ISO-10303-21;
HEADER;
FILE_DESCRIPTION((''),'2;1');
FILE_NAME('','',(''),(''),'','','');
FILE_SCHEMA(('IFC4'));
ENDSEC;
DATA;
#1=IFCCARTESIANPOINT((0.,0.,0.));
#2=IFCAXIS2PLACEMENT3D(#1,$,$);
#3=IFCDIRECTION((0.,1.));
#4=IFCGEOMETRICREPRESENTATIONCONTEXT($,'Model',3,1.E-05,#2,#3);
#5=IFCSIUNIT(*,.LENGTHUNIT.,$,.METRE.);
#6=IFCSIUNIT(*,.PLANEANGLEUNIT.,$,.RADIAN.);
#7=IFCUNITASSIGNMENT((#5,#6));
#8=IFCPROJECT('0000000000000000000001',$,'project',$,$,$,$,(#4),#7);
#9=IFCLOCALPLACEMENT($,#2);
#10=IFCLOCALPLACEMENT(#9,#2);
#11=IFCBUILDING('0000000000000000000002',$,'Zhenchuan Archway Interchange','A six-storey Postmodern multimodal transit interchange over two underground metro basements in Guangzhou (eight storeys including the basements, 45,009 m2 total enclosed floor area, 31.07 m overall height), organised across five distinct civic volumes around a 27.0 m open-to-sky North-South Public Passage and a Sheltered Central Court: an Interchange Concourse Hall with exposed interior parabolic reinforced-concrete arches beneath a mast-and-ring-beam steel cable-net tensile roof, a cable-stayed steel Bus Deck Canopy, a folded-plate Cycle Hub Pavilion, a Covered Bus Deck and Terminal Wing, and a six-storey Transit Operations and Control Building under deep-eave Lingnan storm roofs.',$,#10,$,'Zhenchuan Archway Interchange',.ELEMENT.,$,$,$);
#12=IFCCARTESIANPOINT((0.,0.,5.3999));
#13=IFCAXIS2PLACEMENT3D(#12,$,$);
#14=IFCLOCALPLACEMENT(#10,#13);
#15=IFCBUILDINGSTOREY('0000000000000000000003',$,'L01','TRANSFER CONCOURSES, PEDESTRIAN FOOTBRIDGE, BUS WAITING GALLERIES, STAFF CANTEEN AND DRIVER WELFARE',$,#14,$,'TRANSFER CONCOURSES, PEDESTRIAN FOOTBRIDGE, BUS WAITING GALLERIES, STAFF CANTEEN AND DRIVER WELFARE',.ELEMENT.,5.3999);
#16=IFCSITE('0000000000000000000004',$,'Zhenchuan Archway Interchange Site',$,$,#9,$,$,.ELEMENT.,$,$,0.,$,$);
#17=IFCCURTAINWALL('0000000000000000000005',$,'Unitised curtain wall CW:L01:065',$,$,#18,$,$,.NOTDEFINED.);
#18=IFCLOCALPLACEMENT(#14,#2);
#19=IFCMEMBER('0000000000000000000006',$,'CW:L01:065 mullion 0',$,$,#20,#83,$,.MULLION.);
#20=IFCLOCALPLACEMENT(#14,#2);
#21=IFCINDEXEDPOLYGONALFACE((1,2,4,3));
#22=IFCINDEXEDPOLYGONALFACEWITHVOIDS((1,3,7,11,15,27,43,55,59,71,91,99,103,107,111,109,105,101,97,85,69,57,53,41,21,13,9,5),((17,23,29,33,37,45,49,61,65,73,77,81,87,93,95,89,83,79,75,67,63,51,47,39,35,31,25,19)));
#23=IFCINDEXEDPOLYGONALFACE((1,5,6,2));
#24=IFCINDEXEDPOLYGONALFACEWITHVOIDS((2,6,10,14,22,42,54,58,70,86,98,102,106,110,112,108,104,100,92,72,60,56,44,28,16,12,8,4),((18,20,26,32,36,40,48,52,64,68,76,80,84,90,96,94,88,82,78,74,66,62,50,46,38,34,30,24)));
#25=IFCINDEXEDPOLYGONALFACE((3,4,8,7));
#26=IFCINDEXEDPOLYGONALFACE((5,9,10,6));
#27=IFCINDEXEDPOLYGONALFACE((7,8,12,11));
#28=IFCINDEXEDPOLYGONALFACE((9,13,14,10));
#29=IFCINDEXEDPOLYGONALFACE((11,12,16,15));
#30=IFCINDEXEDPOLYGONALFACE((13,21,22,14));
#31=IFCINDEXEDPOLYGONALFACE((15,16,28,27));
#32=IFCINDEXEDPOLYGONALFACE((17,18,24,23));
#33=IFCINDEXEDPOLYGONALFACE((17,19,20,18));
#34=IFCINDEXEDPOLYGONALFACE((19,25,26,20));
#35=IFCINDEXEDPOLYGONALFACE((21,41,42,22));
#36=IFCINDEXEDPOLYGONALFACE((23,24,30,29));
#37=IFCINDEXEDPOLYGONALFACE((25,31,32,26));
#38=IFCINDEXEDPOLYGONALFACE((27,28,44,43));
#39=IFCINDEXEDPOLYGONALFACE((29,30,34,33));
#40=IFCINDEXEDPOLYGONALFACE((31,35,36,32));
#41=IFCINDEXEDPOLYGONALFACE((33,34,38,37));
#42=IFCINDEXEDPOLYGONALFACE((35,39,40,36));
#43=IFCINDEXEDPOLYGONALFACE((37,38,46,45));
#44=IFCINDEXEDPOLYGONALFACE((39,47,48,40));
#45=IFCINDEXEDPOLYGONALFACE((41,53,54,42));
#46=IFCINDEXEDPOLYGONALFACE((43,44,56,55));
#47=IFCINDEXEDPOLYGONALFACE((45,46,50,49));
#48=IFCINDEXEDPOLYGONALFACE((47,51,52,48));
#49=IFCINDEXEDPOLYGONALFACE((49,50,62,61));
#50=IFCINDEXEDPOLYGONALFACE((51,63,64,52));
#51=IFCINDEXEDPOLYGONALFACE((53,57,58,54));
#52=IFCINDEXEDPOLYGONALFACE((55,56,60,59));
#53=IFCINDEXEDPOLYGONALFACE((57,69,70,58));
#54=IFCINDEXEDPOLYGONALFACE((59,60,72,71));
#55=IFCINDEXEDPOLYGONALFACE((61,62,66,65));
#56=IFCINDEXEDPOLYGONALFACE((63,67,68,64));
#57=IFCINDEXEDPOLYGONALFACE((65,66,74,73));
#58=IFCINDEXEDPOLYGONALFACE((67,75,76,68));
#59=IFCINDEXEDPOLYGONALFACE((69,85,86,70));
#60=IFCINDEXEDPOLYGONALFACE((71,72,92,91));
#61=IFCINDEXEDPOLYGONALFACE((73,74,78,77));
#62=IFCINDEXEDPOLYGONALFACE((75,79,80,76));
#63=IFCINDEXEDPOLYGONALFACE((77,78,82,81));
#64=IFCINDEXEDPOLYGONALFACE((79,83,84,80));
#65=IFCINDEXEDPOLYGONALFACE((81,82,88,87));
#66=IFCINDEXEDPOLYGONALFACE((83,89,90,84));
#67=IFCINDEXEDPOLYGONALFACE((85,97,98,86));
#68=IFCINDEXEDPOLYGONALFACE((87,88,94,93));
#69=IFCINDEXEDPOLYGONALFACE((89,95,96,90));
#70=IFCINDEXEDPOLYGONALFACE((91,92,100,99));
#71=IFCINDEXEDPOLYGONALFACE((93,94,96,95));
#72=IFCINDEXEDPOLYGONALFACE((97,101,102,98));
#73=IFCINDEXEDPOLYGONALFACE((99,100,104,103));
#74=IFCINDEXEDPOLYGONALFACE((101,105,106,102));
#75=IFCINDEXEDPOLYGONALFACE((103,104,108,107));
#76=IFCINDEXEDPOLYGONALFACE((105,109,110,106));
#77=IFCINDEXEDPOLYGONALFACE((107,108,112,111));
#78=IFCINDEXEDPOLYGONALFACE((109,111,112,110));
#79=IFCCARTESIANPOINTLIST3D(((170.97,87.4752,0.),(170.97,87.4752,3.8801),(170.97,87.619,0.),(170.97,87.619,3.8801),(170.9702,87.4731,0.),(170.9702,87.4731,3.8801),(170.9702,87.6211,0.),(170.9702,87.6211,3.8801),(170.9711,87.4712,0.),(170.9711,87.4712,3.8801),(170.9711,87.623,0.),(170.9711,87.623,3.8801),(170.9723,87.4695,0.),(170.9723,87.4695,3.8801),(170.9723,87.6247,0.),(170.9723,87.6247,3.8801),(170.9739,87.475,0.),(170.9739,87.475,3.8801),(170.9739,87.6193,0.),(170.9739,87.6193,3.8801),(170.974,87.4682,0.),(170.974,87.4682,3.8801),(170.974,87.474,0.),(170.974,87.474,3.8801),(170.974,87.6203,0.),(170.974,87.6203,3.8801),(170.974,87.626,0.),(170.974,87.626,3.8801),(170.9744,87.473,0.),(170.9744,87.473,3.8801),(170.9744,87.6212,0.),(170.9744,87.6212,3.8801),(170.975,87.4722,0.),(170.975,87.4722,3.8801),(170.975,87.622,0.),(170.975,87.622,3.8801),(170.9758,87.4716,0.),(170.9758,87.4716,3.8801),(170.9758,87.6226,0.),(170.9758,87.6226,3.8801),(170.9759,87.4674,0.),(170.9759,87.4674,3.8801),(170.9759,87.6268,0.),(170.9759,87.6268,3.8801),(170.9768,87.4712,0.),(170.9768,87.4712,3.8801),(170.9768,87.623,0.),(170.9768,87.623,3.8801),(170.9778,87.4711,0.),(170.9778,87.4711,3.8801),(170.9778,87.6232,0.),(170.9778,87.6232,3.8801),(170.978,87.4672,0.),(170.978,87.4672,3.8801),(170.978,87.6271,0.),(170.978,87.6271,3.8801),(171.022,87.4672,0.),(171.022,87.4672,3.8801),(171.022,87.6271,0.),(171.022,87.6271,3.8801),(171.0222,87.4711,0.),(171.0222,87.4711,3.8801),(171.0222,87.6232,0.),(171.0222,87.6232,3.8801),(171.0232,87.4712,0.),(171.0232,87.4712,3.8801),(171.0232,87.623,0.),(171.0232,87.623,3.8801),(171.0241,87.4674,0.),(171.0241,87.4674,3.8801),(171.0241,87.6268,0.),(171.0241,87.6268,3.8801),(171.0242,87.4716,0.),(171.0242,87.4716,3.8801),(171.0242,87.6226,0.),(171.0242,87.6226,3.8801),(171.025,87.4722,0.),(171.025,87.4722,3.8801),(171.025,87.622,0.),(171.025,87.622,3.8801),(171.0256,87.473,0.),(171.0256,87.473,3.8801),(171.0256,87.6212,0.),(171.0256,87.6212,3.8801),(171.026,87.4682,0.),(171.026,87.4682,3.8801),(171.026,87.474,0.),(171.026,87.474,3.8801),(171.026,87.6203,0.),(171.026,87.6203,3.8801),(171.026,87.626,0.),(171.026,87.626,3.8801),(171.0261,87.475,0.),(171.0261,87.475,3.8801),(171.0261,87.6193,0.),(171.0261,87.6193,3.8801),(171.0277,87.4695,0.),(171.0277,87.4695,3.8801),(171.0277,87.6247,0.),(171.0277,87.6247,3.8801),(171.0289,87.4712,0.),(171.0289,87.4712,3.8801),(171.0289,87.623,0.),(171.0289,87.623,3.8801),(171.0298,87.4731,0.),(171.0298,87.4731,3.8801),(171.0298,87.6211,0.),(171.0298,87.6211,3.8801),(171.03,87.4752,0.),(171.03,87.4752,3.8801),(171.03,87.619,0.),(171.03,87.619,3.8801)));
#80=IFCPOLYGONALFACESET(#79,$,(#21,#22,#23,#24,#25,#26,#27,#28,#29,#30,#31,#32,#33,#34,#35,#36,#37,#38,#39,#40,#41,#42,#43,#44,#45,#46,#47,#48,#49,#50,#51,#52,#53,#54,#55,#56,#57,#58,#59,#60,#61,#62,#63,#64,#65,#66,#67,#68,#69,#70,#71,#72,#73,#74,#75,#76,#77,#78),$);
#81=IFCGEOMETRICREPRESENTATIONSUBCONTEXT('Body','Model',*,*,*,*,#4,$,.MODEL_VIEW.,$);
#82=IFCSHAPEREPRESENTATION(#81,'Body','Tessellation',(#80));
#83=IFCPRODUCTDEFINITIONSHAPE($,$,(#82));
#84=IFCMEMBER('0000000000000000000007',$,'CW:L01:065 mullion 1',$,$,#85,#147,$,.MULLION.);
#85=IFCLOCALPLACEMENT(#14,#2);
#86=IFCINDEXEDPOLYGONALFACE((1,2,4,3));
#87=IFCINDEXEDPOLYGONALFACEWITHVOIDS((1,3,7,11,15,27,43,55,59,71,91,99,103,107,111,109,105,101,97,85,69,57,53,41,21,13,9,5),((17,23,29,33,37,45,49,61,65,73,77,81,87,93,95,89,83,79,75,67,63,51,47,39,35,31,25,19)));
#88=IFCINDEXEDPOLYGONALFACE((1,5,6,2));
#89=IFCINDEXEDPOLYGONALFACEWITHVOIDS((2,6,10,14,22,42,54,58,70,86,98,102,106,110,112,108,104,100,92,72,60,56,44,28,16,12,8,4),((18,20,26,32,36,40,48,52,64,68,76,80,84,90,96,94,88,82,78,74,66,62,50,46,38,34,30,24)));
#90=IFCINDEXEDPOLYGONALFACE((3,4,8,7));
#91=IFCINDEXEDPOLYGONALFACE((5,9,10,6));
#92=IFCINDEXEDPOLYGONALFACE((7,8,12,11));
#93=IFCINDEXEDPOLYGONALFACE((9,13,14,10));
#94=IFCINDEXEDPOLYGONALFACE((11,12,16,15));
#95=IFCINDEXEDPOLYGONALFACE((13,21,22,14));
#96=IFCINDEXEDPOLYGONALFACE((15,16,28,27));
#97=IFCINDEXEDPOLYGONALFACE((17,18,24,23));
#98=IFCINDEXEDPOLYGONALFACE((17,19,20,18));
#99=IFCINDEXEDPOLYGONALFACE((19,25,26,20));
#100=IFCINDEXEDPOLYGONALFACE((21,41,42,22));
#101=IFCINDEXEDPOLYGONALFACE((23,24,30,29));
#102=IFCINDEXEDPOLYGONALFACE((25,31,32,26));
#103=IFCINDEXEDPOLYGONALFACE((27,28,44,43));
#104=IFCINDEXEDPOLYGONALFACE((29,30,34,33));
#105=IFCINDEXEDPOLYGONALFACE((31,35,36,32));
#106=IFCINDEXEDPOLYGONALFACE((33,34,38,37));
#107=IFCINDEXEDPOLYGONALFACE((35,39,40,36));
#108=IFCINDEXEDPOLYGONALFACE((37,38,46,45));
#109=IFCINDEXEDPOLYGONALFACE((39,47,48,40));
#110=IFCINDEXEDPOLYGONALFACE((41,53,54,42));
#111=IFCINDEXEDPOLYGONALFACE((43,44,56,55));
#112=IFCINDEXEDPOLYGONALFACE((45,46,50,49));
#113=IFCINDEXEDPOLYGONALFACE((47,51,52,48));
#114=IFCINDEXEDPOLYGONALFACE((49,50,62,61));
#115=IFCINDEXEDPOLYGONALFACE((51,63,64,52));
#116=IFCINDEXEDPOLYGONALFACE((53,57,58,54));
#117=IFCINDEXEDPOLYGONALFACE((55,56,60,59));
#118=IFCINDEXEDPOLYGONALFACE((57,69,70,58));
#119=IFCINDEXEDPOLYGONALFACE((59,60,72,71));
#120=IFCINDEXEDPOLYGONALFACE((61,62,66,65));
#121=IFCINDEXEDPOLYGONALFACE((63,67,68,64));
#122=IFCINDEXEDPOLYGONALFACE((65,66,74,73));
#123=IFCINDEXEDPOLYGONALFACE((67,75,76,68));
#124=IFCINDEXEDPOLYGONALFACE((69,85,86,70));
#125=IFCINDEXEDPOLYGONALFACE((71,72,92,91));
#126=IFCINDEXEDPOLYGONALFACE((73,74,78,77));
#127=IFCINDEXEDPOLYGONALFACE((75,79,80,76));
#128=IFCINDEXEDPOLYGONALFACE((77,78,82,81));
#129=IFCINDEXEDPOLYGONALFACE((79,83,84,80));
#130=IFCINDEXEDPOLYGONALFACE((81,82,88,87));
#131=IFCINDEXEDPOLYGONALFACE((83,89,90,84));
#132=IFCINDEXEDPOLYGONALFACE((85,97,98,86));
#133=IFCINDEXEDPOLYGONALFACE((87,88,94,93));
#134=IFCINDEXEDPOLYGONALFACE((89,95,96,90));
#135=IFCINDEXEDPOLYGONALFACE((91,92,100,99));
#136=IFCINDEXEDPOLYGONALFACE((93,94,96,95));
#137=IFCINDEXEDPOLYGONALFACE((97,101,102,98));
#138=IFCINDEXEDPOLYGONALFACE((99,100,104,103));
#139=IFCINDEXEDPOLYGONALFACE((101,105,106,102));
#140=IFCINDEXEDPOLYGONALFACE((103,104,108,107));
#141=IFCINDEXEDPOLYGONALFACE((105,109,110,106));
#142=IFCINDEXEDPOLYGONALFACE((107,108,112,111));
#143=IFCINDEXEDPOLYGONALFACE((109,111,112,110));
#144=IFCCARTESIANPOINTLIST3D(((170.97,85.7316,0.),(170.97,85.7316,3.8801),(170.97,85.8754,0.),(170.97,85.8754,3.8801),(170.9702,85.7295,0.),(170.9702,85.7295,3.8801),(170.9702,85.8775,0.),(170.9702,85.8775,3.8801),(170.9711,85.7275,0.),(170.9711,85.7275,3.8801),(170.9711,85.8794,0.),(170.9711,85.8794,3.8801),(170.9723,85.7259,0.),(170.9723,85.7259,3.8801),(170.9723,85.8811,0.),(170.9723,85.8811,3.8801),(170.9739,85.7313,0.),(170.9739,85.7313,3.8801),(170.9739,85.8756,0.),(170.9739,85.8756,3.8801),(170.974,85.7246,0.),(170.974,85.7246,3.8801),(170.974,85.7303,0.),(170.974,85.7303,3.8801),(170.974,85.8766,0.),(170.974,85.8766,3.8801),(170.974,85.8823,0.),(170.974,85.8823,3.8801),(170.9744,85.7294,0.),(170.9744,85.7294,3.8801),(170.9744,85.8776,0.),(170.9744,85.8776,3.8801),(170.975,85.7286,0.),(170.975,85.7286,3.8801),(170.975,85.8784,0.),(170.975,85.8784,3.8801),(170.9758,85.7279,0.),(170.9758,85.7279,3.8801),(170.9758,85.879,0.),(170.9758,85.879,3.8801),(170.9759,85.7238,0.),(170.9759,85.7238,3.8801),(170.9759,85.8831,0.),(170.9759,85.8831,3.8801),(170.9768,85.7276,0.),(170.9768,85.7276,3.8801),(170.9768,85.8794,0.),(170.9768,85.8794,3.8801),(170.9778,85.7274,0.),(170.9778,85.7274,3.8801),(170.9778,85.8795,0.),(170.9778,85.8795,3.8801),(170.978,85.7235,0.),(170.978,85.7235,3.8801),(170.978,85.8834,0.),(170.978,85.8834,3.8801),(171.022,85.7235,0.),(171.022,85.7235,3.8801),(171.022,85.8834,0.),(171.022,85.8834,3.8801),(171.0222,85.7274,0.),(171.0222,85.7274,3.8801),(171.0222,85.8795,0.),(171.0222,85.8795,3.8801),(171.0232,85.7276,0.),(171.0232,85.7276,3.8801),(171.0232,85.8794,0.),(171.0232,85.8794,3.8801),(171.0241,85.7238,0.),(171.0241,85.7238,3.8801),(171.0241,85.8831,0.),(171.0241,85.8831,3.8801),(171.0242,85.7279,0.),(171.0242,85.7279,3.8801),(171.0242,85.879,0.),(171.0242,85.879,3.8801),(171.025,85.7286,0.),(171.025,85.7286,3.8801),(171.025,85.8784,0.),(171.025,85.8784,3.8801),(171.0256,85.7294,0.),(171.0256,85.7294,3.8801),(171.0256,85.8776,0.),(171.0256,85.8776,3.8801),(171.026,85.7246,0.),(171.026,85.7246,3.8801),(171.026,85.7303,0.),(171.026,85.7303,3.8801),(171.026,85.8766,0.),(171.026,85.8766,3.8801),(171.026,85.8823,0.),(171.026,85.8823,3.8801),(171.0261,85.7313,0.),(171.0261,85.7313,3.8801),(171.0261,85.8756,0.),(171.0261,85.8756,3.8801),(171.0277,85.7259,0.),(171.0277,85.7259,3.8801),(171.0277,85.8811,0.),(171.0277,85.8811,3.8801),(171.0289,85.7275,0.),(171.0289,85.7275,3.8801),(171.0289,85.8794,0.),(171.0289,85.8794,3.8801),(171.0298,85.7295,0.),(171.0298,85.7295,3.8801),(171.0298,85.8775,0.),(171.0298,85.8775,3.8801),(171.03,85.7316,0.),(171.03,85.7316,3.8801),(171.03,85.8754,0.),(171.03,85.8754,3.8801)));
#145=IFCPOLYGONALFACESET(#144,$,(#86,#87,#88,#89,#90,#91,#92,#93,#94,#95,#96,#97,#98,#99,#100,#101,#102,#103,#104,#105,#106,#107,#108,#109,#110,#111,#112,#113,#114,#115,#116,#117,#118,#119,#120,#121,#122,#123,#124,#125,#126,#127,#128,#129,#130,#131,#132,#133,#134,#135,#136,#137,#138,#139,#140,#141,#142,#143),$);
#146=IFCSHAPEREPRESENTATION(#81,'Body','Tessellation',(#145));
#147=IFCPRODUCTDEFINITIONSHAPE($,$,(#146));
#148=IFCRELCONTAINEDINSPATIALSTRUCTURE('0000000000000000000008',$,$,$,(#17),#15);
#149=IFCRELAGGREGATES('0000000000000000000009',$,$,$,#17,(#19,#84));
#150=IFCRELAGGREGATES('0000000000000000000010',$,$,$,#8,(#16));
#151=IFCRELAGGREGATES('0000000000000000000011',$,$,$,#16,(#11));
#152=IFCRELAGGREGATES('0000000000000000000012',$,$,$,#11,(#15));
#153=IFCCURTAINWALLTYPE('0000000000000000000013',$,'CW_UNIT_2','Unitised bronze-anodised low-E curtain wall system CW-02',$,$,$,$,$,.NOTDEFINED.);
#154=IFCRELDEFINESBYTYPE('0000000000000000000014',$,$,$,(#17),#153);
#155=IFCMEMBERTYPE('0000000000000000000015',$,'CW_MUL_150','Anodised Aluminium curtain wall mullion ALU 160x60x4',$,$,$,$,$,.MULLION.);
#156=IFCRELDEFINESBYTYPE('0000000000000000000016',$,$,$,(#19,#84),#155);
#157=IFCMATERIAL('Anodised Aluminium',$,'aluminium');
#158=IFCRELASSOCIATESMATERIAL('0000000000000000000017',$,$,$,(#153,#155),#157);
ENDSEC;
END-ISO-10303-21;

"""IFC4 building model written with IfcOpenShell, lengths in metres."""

from ifc_helpers import new_model, si_unit, direction, frame, origin, origin_2d, place, context, subcontext, project, spatial, hollow_rectangle, extrude, material, material_profile, profile_set, type_object, element, aggregate, save


model = new_model("IFC4")

# Units and contexts
model_context = context("Model", 3, precision=1e-05, world=origin(), true_north=direction((0.0, 1.0)))
body_context = subcontext(model_context, "Body", "Model", "MODEL_VIEW")
ifc_project = project(units=[si_unit("LENGTHUNIT", "METRE"), si_unit("PLANEANGLEUNIT", "RADIAN")], contexts=[model_context])

# Site, building, storey
site_placement = place(None, origin())
site = spatial("IfcSite", under=ifc_project, at=site_placement, Name="Zhenchuan Archway Interchange Site", CompositionType="ELEMENT", RefElevation=0.0)
building_placement = place(site_placement, origin())
building = spatial("IfcBuilding", under=site, at=building_placement, Name="Zhenchuan Archway Interchange", Description="A six-storey Postmodern multimodal transit interchange over two underground metro basements in Guangzhou (eight storeys including the basements, 45,009 m2 total enclosed floor area, 31.07 m overall height), organised across five distinct civic volumes around a 27.0 m open-to-sky North-South Public Passage and a Sheltered Central Court: an Interchange Concourse Hall with exposed interior parabolic reinforced-concrete arches beneath a mast-and-ring-beam steel cable-net tensile roof, a cable-stayed steel Bus Deck Canopy, a folded-plate Cycle Hub Pavilion, a Covered Bus Deck and Terminal Wing, and a six-storey Transit Operations and Control Building under deep-eave Lingnan storm roofs.", LongName="Zhenchuan Archway Interchange", CompositionType="ELEMENT")
storey_placement = place(building_placement, frame((0.0, 0.0, 5.3999)))
storey = spatial("IfcBuildingStorey", under=building, at=storey_placement, Name="L01", Description="TRANSFER CONCOURSES, PEDESTRIAN FOOTBRIDGE, BUS WAITING GALLERIES, STAFF CANTEEN AND DRIVER WELFARE", LongName="TRANSFER CONCOURSES, PEDESTRIAN FOOTBRIDGE, BUS WAITING GALLERIES, STAFF CANTEEN AND DRIVER WELFARE", CompositionType="ELEMENT", Elevation=5.3999)

# Curtain wall, members
ifc_material_1 = material(Name="Anodised Aluminium", Category="aluminium")
curtain_wall_type = type_object("IfcCurtainWallType", Name="CW_UNIT_2", Description="Unitised bronze-anodised low-E curtain wall system CW-02", PredefinedType="NOTDEFINED", material=ifc_material_1)
curtain_wall_placement = place(storey_placement, origin())
curtain_wall = element("IfcCurtainWall", 1, at=curtain_wall_placement, inside=storey, type_object=curtain_wall_type, Name="Unitised curtain wall CW:L01:065", PredefinedType="NOTDEFINED")
ifc_material_profile_1 = material_profile(ifc_material_1, hollow_rectangle(XDim=0.0601, YDim=0.1599, WallThickness=0.0039, InnerFilletRadius=0.0039, OuterFilletRadius=0.0081, at=origin_2d()), Name="ALU 160x60x4")
ifc_profile_set_1 = profile_set([ifc_material_profile_1], Name="Anodised Aluminium")
member_type_1 = type_object("IfcMemberType", Name="CW_MUL_150", Description="Anodised Aluminium curtain wall mullion ALU 160x60x4", PredefinedType="MULLION", material=ifc_profile_set_1)
member_1_placement = place(storey_placement, frame((171.0, 87.5471, 0.0), z_axis=(0.0, 0.0, 1.0), x_axis=(1.0, 0.0, 0.0)))
member_1 = element("IfcMember", 2, at=member_1_placement, type_object=member_type_1, Name="CW:L01:065 mullion 0", PredefinedType="MULLION", context=body_context, shape_type="SweptSolid", body=[
    extrude(hollow_rectangle(XDim=0.0601, YDim=0.1599, WallThickness=0.0039, InnerFilletRadius=0.0039, OuterFilletRadius=0.0081, at=origin_2d()), origin(), (0.0, 0.0, 1.0), 3.8801),
])
member_2_placement = place(storey_placement, frame((171.0, 85.8035, 0.0), z_axis=(0.0, 0.0, 1.0), x_axis=(1.0, 0.0, 0.0)))
member_2 = element("IfcMember", 3, at=member_2_placement, type_object=member_type_1, Name="CW:L01:065 mullion 1", PredefinedType="MULLION", context=body_context, shape_type="SweptSolid", body=[
    extrude(hollow_rectangle(XDim=0.0601, YDim=0.1599, WallThickness=0.0039, InnerFilletRadius=0.0039, OuterFilletRadius=0.0081, at=origin_2d()), origin(), (0.0, 0.0, 1.0), 3.8801),
])

aggregate(curtain_wall, [member_1, member_2])

save(model, "model.ifc")
